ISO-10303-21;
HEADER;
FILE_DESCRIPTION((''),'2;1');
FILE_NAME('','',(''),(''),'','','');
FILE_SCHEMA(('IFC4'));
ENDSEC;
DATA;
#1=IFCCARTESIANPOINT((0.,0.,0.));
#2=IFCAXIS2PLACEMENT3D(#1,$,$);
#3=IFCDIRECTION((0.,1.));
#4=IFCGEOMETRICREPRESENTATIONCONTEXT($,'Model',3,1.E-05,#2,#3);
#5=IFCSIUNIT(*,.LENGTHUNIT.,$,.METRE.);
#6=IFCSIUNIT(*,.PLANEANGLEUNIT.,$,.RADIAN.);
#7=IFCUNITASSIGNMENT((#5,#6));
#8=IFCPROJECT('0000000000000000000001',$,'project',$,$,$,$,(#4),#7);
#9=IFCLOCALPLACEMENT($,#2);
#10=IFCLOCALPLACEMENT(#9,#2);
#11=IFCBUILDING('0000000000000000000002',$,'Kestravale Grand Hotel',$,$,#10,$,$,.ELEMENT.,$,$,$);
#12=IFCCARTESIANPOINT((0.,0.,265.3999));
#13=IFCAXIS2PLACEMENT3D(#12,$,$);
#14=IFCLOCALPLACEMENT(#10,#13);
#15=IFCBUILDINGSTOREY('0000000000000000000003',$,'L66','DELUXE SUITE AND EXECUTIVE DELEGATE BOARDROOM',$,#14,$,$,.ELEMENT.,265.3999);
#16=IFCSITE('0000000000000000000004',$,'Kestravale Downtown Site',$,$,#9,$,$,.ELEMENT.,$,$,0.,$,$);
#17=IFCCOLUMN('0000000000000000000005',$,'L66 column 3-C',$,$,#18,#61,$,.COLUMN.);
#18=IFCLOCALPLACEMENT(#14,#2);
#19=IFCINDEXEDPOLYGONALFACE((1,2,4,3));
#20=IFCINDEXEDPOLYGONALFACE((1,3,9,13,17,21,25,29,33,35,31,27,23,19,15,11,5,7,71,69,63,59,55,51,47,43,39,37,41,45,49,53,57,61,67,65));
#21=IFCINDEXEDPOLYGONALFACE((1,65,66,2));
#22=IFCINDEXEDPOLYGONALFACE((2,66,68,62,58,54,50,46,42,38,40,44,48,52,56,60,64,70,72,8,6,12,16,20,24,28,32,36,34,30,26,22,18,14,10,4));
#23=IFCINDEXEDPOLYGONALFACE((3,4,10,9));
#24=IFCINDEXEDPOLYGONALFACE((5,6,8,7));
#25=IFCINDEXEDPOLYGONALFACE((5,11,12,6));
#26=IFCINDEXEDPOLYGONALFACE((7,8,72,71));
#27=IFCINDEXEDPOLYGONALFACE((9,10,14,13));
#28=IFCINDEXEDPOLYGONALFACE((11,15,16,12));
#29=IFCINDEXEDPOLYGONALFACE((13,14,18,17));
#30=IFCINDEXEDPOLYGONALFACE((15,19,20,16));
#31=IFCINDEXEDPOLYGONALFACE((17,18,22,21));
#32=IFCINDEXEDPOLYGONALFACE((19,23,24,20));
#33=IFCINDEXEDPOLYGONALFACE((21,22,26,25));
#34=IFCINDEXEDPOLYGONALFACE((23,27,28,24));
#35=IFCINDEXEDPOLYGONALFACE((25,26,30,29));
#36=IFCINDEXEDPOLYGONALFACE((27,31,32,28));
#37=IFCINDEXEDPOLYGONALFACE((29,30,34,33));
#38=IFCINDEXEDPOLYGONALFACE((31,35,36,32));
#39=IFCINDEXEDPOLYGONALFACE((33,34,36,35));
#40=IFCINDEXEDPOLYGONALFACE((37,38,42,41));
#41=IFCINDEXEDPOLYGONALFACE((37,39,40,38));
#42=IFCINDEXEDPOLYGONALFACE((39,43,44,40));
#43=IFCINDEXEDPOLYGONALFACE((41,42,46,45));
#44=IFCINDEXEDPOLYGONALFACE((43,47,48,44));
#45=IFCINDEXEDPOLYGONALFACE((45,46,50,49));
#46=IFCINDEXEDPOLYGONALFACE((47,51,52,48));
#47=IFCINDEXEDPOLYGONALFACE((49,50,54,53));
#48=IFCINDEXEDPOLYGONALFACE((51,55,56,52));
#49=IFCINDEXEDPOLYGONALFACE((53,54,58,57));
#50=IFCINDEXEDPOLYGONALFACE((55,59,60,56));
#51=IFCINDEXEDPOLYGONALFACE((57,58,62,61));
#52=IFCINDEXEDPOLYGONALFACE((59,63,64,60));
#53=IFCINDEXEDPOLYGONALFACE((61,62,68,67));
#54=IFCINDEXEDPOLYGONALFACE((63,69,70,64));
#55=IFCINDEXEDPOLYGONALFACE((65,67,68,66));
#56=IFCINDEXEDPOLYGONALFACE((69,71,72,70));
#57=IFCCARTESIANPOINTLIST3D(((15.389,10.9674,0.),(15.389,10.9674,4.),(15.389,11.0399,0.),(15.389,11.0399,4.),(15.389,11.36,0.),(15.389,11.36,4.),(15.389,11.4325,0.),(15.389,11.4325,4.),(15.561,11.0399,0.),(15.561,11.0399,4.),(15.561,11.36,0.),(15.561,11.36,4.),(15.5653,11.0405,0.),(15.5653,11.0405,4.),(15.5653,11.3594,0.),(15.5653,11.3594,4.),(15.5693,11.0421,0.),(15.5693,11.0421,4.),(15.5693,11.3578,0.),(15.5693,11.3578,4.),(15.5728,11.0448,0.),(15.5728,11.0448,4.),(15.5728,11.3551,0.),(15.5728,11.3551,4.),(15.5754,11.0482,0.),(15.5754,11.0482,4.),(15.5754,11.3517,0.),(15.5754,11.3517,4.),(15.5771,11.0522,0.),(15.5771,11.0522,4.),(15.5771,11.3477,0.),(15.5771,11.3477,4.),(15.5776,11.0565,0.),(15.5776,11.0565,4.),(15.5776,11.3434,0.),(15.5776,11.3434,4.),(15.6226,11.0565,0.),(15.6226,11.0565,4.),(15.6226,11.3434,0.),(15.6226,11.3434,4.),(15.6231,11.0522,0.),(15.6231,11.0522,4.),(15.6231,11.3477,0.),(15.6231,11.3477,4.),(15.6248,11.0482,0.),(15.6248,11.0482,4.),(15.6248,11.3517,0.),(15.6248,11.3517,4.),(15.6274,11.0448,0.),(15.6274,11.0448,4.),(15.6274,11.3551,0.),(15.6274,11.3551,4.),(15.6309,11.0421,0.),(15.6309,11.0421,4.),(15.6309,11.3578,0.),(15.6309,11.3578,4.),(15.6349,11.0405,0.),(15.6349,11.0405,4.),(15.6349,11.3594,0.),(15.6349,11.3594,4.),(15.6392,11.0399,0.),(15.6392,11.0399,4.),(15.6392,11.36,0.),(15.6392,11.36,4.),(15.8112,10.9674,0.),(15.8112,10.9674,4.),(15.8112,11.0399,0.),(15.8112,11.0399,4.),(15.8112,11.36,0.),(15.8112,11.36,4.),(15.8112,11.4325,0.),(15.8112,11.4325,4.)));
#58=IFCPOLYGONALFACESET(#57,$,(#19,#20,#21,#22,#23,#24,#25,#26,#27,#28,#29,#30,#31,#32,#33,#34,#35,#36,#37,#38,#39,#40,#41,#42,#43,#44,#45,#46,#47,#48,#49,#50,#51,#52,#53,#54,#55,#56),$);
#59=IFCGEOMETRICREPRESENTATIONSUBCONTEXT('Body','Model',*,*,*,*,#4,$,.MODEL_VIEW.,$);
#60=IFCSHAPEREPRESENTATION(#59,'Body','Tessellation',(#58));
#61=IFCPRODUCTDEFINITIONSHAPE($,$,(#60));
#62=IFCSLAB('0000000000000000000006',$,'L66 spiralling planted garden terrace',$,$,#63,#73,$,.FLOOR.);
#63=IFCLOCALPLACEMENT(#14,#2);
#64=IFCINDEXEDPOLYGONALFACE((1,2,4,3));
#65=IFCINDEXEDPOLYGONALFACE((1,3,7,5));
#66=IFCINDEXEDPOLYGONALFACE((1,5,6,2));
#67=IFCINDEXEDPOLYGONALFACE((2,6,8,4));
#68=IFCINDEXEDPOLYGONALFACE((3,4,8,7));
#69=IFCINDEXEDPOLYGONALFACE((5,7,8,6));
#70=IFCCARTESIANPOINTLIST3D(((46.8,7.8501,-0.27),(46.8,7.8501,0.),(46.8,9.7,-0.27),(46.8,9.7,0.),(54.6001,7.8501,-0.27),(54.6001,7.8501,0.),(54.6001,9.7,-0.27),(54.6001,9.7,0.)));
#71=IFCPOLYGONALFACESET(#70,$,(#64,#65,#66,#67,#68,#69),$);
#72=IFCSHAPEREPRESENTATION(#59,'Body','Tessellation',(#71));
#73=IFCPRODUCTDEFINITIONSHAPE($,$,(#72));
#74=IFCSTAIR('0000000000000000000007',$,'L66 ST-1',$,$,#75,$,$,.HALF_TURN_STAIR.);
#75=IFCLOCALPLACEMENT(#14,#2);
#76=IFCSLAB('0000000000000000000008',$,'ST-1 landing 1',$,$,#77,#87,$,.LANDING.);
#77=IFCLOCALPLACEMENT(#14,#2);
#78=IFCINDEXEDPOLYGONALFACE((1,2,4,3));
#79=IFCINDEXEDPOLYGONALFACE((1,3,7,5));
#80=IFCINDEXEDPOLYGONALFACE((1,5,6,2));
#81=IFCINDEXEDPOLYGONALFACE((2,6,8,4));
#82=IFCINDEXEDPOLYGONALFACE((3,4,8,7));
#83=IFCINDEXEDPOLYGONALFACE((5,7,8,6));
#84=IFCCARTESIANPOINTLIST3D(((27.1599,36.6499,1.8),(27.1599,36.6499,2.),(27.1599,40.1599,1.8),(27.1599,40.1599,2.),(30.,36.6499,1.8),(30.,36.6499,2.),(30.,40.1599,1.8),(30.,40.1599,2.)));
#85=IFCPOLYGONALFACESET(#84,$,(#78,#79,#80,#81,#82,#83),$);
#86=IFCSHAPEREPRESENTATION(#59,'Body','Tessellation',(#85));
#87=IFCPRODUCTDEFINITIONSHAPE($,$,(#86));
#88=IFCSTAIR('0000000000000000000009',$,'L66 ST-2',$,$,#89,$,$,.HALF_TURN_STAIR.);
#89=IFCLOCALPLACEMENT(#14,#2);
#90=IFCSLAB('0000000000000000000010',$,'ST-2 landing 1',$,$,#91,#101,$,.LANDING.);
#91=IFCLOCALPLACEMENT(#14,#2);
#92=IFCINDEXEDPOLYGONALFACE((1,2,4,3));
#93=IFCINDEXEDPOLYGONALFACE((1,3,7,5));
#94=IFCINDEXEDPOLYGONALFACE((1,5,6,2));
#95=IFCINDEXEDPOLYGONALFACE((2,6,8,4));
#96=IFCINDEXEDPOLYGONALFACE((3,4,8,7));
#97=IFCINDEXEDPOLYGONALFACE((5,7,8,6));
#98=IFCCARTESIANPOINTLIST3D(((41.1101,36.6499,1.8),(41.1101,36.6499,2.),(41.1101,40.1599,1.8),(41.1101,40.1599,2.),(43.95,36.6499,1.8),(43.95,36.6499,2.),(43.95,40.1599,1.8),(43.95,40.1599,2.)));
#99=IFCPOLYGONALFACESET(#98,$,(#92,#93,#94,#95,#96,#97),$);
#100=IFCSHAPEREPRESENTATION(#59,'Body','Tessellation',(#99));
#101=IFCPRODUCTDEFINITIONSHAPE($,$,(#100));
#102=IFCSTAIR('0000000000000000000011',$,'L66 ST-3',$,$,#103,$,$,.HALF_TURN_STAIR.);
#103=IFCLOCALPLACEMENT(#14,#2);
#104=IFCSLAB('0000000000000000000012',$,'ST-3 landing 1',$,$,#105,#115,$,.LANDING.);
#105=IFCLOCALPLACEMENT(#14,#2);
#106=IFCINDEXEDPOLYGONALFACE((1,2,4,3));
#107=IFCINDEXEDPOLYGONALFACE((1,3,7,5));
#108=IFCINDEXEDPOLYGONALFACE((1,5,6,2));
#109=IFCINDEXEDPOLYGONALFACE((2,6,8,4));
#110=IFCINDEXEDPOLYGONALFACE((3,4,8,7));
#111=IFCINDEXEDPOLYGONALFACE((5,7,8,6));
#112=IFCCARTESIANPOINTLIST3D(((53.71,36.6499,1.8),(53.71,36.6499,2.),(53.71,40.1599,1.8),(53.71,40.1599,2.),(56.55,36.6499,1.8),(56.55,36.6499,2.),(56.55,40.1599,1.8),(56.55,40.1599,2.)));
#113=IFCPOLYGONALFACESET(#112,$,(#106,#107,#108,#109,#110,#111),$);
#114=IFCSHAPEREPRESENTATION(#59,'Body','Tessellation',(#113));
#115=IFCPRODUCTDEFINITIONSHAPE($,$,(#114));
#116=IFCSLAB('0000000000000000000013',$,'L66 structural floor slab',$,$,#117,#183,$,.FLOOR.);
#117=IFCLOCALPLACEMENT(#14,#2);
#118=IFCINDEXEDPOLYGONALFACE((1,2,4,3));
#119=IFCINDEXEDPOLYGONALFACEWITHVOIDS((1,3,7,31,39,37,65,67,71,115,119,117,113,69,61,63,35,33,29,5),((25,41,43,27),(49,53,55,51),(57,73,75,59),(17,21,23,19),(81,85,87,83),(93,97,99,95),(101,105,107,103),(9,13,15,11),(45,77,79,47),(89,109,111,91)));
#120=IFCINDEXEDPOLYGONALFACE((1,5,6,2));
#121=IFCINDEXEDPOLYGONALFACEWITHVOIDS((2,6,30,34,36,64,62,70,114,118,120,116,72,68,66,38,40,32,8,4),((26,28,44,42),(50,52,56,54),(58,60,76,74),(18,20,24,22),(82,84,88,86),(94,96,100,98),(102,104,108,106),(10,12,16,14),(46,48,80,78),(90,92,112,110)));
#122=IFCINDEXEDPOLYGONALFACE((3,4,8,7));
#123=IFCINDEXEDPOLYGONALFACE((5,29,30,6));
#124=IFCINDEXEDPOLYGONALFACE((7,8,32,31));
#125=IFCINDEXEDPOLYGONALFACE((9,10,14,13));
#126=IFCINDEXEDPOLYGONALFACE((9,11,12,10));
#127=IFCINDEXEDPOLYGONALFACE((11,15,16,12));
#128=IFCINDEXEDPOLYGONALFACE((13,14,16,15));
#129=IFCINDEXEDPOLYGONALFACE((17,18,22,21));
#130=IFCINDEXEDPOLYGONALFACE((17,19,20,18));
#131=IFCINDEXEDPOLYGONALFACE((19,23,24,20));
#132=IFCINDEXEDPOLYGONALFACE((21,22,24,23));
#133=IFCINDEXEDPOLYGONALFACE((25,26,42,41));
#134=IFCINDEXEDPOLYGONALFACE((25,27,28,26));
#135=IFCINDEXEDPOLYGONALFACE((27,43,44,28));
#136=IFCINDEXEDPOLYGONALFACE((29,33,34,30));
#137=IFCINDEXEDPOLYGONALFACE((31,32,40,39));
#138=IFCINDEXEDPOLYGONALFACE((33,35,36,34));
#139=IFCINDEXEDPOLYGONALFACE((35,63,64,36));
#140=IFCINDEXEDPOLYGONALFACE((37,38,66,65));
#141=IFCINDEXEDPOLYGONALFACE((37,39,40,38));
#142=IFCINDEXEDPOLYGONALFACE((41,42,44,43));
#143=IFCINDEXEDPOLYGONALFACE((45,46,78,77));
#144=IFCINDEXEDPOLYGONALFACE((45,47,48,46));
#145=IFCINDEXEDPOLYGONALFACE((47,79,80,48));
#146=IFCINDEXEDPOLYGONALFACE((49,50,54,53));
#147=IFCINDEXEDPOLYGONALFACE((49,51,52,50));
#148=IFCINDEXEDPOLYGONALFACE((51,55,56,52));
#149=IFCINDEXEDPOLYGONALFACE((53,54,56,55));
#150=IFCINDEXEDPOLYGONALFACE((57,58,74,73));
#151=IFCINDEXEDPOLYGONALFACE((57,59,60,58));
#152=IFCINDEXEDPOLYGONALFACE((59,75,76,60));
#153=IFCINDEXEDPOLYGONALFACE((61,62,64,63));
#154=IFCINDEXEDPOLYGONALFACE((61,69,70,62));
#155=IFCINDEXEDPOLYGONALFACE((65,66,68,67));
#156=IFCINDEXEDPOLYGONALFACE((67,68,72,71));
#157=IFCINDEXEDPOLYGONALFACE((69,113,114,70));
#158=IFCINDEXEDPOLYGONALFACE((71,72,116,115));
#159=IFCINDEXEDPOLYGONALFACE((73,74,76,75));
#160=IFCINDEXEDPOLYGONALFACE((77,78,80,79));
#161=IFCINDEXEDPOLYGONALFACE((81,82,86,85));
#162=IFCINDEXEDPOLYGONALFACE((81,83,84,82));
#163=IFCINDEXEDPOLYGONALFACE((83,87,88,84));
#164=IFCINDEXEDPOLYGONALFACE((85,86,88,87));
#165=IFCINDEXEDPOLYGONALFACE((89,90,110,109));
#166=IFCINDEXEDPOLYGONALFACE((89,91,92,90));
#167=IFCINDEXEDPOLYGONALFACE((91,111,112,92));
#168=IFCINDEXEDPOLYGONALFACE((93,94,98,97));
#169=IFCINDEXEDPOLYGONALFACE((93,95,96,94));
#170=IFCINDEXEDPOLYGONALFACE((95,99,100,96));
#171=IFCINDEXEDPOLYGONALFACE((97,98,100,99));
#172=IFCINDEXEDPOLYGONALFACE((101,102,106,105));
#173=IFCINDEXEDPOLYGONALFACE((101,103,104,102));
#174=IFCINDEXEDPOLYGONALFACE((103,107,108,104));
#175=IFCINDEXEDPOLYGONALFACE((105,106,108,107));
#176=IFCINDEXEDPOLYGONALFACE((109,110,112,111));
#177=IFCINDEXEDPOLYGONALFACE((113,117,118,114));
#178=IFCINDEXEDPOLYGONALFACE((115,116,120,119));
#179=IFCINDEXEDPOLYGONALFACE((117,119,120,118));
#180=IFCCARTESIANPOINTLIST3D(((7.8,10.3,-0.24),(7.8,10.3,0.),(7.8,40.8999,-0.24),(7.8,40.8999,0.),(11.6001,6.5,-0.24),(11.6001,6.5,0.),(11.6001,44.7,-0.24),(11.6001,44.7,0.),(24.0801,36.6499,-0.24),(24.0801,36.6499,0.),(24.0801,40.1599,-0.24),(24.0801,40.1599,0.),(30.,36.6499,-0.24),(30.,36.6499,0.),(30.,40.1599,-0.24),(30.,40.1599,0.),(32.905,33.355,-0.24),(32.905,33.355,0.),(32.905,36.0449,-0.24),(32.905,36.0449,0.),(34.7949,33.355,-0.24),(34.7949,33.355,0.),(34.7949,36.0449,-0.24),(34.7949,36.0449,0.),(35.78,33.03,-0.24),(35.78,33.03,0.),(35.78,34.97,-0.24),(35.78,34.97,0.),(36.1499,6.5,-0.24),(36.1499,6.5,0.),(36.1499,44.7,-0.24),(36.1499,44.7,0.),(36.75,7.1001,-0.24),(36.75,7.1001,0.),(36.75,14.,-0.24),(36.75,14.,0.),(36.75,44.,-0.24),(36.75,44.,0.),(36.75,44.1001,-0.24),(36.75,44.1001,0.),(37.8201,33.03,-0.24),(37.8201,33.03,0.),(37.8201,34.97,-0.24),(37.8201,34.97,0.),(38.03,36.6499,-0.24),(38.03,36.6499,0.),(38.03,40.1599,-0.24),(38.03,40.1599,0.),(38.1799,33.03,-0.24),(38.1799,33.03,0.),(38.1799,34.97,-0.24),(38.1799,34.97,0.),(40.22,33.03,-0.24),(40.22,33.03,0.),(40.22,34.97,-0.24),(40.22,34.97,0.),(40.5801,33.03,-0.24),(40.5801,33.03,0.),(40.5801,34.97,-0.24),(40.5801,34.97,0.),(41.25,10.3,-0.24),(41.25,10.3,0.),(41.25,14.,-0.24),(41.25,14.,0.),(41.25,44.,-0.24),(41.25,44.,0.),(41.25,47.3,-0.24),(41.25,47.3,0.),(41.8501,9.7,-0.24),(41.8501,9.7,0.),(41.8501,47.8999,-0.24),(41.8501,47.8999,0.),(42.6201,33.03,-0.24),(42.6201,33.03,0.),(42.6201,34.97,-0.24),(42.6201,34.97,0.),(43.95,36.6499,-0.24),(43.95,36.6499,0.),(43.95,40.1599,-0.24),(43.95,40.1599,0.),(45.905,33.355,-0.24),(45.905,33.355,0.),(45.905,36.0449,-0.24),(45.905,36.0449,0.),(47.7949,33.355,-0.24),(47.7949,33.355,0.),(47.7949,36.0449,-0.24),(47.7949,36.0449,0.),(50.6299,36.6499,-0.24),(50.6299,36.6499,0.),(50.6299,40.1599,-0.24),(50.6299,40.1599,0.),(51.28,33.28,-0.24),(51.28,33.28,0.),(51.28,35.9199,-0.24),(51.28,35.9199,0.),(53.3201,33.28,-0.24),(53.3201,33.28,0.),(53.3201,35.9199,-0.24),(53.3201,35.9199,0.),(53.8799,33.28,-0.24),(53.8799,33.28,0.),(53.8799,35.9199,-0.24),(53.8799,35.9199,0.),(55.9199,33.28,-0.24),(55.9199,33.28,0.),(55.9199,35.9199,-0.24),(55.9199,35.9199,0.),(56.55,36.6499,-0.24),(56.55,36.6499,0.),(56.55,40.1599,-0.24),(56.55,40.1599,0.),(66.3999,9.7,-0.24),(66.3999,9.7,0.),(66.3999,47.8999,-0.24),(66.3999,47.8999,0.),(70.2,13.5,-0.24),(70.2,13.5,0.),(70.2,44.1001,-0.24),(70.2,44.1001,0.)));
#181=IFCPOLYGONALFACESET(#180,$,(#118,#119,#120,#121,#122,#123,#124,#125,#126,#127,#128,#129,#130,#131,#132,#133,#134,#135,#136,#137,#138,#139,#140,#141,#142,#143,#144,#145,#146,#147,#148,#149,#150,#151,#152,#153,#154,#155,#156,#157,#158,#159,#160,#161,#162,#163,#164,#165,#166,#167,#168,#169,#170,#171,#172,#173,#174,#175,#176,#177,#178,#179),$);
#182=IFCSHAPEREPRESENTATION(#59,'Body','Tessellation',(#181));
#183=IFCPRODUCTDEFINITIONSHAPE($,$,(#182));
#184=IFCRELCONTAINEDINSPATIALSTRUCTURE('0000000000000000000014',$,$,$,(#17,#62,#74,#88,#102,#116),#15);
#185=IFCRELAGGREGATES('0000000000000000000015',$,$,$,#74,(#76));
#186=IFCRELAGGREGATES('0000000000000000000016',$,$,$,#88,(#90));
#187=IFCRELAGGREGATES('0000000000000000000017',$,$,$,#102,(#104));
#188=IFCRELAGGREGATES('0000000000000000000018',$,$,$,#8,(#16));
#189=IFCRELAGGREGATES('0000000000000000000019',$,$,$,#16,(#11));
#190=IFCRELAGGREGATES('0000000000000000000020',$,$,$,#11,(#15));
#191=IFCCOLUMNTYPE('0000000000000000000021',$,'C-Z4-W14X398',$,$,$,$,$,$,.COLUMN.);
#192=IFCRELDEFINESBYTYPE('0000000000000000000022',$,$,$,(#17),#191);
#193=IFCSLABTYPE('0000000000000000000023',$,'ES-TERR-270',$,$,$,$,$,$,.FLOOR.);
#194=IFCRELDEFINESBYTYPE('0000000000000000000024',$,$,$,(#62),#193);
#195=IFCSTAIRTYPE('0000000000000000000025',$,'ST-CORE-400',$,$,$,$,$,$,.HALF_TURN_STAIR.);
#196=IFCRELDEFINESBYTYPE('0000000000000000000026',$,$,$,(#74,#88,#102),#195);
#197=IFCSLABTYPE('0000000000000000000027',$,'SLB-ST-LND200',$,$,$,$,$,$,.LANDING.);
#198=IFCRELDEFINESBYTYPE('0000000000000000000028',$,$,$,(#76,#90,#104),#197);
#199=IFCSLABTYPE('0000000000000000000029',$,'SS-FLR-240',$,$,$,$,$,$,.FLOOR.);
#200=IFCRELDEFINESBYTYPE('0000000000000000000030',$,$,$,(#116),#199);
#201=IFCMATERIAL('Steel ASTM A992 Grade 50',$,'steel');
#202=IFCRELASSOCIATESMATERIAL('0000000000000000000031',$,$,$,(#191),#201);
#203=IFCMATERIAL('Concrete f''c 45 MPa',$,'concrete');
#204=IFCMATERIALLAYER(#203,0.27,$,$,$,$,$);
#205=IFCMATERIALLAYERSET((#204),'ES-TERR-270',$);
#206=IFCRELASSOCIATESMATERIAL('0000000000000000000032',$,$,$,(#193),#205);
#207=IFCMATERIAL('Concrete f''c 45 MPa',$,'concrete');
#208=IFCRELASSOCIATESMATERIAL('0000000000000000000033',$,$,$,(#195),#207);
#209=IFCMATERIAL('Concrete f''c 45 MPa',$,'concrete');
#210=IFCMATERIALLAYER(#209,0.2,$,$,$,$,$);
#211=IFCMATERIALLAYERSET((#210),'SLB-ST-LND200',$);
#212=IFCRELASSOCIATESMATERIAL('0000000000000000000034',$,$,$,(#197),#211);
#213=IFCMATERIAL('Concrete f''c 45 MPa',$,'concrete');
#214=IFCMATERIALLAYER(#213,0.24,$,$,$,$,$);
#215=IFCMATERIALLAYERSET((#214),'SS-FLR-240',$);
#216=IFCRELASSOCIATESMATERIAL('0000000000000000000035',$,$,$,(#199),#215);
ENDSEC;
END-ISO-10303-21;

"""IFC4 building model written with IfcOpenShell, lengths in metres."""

from ifc_helpers import new_model, si_unit, direction, frame, origin, origin_2d, place, context, subcontext, project, spatial, polyline, i_section, outline, extrude, material, layer, layer_set, material_profile, profile_set, type_object, element, aggregate, save


model = new_model("IFC4")

# Units and contexts
model_context = context("Model", 3, precision=1e-05, world=origin(), true_north=direction((0.0, 1.0)))
body_context = subcontext(model_context, "Body", "Model", "MODEL_VIEW")
ifc_project = project(units=[si_unit("LENGTHUNIT", "METRE"), si_unit("PLANEANGLEUNIT", "RADIAN")], contexts=[model_context])

# Site, building, storey
site_placement = place(None, origin())
site = spatial("IfcSite", under=ifc_project, at=site_placement, Name="Kestravale Downtown Site", CompositionType="ELEMENT", RefElevation=0.0)
building_placement = place(site_placement, origin())
building = spatial("IfcBuilding", under=site, at=building_placement, Name="Kestravale Grand Hotel", CompositionType="ELEMENT")
storey_placement = place(building_placement, frame((0.0, 0.0, 265.3999)))
storey = spatial("IfcBuildingStorey", under=building, at=storey_placement, Name="L66", Description="DELUXE SUITE AND EXECUTIVE DELEGATE BOARDROOM", CompositionType="ELEMENT", Elevation=265.3999)

# Column
ifc_material_1 = material(Name="Steel ASTM A992 Grade 50", Category="steel")
ifc_material_profile = material_profile(ifc_material_1, i_section(OverallWidth=0.4221, OverallDepth=0.4651, WebThickness=0.0449, FlangeThickness=0.0725, FilletRadius=0.0166, at=origin_2d()))
ifc_profile_set = profile_set([ifc_material_profile], Name="Steel ASTM A992 Grade 50")
column_type = type_object("IfcColumnType", Name="C-Z4-W14X398", PredefinedType="COLUMN", material=ifc_profile_set)
column_placement = place(storey_placement, frame((15.6001, 11.2, 0.0), z_axis=(0.0, 0.0, 1.0), x_axis=(1.0, 0.0, 0.0)))
element("IfcColumn", 1, at=column_placement, inside=storey, type_object=column_type, Name="L66 column 3-C", PredefinedType="COLUMN", context=body_context, shape_type="SweptSolid", body=[
    extrude(i_section(OverallWidth=0.4221, OverallDepth=0.4651, WebThickness=0.0449, FlangeThickness=0.0725, FilletRadius=0.0166, at=origin_2d()), origin(), (0.0, 0.0, 1.0), 4.0),
])

# Slab
ifc_material_2 = material(Name="Concrete f'c 45 MPa", Category="concrete")
ifc_layer_1 = layer(ifc_material_2, 0.27)
ifc_layer_set_1 = layer_set([ifc_layer_1], Name="ES-TERR-270")
slab_type_1 = type_object("IfcSlabType", Name="ES-TERR-270", PredefinedType="FLOOR", material=ifc_layer_set_1)
slab_1_placement = place(storey_placement, frame((0.0, 0.0, -0.27)))
element("IfcSlab", 2, at=slab_1_placement, inside=storey, type_object=slab_type_1, Name="L66 spiralling planted garden terrace", PredefinedType="FLOOR", context=body_context, shape_type="SweptSolid", body=[
    extrude(outline(polyline([(46.8, 7.8501), (54.6001, 7.8501), (54.6001, 9.7), (46.8, 9.7), (46.8, 7.8501)])), origin(), (0.0, 0.0, 1.0), 0.27),
])

# Stairs, slabs
ifc_material_3 = material(Name="Concrete f'c 45 MPa", Category="concrete")
stair_type = type_object("IfcStairType", Name="ST-CORE-400", PredefinedType="HALF_TURN_STAIR", material=ifc_material_3)
stair_1_placement = place(storey_placement, origin())
stair_1 = element("IfcStair", 3, at=stair_1_placement, inside=storey, type_object=stair_type, Name="L66 ST-1", PredefinedType="HALF_TURN_STAIR")
ifc_material_4 = material(Name="Concrete f'c 45 MPa", Category="concrete")
ifc_layer_2 = layer(ifc_material_4, 0.2)
ifc_layer_set_2 = layer_set([ifc_layer_2], Name="SLB-ST-LND200")
slab_type_2 = type_object("IfcSlabType", Name="SLB-ST-LND200", PredefinedType="LANDING", material=ifc_layer_set_2)
slab_2_placement = place(storey_placement, frame((0.0, 0.0, 1.8)))
slab_2 = element("IfcSlab", 4, at=slab_2_placement, type_object=slab_type_2, Name="ST-1 landing 1", PredefinedType="LANDING", context=body_context, shape_type="SweptSolid", body=[
    extrude(outline(polyline([(27.1599, 36.6499), (30.0, 36.6499), (30.0, 40.1599), (27.1599, 40.1599), (27.1599, 36.6499)])), origin(), (0.0, 0.0, 1.0), 0.2),
])
aggregate(stair_1, [slab_2])
stair_2_placement = place(storey_placement, origin())
stair_2 = element("IfcStair", 5, at=stair_2_placement, inside=storey, type_object=stair_type, Name="L66 ST-2", PredefinedType="HALF_TURN_STAIR")
slab_3_placement = place(storey_placement, frame((0.0, 0.0, 1.8)))
slab_3 = element("IfcSlab", 6, at=slab_3_placement, type_object=slab_type_2, Name="ST-2 landing 1", PredefinedType="LANDING", context=body_context, shape_type="SweptSolid", body=[
    extrude(outline(polyline([(41.1101, 36.6499), (43.95, 36.6499), (43.95, 40.1599), (41.1101, 40.1599), (41.1101, 36.6499)])), origin(), (0.0, 0.0, 1.0), 0.2),
])
aggregate(stair_2, [slab_3])
stair_3_placement = place(storey_placement, origin())
stair_3 = element("IfcStair", 7, at=stair_3_placement, inside=storey, type_object=stair_type, Name="L66 ST-3", PredefinedType="HALF_TURN_STAIR")
slab_4_placement = place(storey_placement, frame((0.0, 0.0, 1.8)))
slab_4 = element("IfcSlab", 8, at=slab_4_placement, type_object=slab_type_2, Name="ST-3 landing 1", PredefinedType="LANDING", context=body_context, shape_type="SweptSolid", body=[
    extrude(outline(polyline([(53.71, 36.6499), (56.55, 36.6499), (56.55, 40.1599), (53.71, 40.1599), (53.71, 36.6499)])), origin(), (0.0, 0.0, 1.0), 0.2),
])
aggregate(stair_3, [slab_4])

# Slab
ifc_material_5 = material(Name="Concrete f'c 45 MPa", Category="concrete")
ifc_layer_3 = layer(ifc_material_5, 0.24)
ifc_layer_set_3 = layer_set([ifc_layer_3], Name="SS-FLR-240")
slab_type_3 = type_object("IfcSlabType", Name="SS-FLR-240", PredefinedType="FLOOR", material=ifc_layer_set_3)
slab_5_placement = place(storey_placement, frame((0.0, 0.0, -0.24)))
element("IfcSlab", 9, at=slab_5_placement, inside=storey, type_object=slab_type_3, Name="L66 structural floor slab", PredefinedType="FLOOR", context=body_context, shape_type="SweptSolid", body=[
    extrude(outline(polyline([(11.6001, 6.5), (36.1499, 6.5), (36.75, 7.1001), (36.75, 14.0), (41.25, 14.0), (41.25, 10.3), (41.8501, 9.7), (66.3999, 9.7), (70.2, 13.5), (70.2, 44.1001), (66.3999, 47.8999), (41.8501, 47.8999), (41.25, 47.3), (41.25, 44.0), (36.75, 44.0), (36.75, 44.1001), (36.1499, 44.7), (11.6001, 44.7), (7.8, 40.8999), (7.8, 10.3), (11.6001, 6.5)]), holes=[polyline([(24.0801, 36.6499), (30.0, 36.6499), (30.0, 40.1599), (24.0801, 40.1599), (24.0801, 36.6499)]), polyline([(38.03, 36.6499), (43.95, 36.6499), (43.95, 40.1599), (38.03, 40.1599), (38.03, 36.6499)]), polyline([(50.6299, 36.6499), (56.55, 36.6499), (56.55, 40.1599), (50.6299, 40.1599), (50.6299, 36.6499)]), polyline([(35.78, 33.03), (37.8201, 33.03), (37.8201, 34.97), (35.78, 34.97), (35.78, 33.03)]), polyline([(38.1799, 33.03), (40.22, 33.03), (40.22, 34.97), (38.1799, 34.97), (38.1799, 33.03)]), polyline([(40.5801, 33.03), (42.6201, 33.03), (42.6201, 34.97), (40.5801, 34.97), (40.5801, 33.03)]), polyline([(32.905, 33.355), (34.7949, 33.355), (34.7949, 36.0449), (32.905, 36.0449), (32.905, 33.355)]), polyline([(45.905, 33.355), (47.7949, 33.355), (47.7949, 36.0449), (45.905, 36.0449), (45.905, 33.355)]), polyline([(51.28, 33.28), (53.3201, 33.28), (53.3201, 35.9199), (51.28, 35.9199), (51.28, 33.28)]), polyline([(53.8799, 33.28), (55.9199, 33.28), (55.9199, 35.9199), (53.8799, 35.9199), (53.8799, 33.28)])]), origin(), (0.0, 0.0, 1.0), 0.24),
])

save(model, "model.ifc")
